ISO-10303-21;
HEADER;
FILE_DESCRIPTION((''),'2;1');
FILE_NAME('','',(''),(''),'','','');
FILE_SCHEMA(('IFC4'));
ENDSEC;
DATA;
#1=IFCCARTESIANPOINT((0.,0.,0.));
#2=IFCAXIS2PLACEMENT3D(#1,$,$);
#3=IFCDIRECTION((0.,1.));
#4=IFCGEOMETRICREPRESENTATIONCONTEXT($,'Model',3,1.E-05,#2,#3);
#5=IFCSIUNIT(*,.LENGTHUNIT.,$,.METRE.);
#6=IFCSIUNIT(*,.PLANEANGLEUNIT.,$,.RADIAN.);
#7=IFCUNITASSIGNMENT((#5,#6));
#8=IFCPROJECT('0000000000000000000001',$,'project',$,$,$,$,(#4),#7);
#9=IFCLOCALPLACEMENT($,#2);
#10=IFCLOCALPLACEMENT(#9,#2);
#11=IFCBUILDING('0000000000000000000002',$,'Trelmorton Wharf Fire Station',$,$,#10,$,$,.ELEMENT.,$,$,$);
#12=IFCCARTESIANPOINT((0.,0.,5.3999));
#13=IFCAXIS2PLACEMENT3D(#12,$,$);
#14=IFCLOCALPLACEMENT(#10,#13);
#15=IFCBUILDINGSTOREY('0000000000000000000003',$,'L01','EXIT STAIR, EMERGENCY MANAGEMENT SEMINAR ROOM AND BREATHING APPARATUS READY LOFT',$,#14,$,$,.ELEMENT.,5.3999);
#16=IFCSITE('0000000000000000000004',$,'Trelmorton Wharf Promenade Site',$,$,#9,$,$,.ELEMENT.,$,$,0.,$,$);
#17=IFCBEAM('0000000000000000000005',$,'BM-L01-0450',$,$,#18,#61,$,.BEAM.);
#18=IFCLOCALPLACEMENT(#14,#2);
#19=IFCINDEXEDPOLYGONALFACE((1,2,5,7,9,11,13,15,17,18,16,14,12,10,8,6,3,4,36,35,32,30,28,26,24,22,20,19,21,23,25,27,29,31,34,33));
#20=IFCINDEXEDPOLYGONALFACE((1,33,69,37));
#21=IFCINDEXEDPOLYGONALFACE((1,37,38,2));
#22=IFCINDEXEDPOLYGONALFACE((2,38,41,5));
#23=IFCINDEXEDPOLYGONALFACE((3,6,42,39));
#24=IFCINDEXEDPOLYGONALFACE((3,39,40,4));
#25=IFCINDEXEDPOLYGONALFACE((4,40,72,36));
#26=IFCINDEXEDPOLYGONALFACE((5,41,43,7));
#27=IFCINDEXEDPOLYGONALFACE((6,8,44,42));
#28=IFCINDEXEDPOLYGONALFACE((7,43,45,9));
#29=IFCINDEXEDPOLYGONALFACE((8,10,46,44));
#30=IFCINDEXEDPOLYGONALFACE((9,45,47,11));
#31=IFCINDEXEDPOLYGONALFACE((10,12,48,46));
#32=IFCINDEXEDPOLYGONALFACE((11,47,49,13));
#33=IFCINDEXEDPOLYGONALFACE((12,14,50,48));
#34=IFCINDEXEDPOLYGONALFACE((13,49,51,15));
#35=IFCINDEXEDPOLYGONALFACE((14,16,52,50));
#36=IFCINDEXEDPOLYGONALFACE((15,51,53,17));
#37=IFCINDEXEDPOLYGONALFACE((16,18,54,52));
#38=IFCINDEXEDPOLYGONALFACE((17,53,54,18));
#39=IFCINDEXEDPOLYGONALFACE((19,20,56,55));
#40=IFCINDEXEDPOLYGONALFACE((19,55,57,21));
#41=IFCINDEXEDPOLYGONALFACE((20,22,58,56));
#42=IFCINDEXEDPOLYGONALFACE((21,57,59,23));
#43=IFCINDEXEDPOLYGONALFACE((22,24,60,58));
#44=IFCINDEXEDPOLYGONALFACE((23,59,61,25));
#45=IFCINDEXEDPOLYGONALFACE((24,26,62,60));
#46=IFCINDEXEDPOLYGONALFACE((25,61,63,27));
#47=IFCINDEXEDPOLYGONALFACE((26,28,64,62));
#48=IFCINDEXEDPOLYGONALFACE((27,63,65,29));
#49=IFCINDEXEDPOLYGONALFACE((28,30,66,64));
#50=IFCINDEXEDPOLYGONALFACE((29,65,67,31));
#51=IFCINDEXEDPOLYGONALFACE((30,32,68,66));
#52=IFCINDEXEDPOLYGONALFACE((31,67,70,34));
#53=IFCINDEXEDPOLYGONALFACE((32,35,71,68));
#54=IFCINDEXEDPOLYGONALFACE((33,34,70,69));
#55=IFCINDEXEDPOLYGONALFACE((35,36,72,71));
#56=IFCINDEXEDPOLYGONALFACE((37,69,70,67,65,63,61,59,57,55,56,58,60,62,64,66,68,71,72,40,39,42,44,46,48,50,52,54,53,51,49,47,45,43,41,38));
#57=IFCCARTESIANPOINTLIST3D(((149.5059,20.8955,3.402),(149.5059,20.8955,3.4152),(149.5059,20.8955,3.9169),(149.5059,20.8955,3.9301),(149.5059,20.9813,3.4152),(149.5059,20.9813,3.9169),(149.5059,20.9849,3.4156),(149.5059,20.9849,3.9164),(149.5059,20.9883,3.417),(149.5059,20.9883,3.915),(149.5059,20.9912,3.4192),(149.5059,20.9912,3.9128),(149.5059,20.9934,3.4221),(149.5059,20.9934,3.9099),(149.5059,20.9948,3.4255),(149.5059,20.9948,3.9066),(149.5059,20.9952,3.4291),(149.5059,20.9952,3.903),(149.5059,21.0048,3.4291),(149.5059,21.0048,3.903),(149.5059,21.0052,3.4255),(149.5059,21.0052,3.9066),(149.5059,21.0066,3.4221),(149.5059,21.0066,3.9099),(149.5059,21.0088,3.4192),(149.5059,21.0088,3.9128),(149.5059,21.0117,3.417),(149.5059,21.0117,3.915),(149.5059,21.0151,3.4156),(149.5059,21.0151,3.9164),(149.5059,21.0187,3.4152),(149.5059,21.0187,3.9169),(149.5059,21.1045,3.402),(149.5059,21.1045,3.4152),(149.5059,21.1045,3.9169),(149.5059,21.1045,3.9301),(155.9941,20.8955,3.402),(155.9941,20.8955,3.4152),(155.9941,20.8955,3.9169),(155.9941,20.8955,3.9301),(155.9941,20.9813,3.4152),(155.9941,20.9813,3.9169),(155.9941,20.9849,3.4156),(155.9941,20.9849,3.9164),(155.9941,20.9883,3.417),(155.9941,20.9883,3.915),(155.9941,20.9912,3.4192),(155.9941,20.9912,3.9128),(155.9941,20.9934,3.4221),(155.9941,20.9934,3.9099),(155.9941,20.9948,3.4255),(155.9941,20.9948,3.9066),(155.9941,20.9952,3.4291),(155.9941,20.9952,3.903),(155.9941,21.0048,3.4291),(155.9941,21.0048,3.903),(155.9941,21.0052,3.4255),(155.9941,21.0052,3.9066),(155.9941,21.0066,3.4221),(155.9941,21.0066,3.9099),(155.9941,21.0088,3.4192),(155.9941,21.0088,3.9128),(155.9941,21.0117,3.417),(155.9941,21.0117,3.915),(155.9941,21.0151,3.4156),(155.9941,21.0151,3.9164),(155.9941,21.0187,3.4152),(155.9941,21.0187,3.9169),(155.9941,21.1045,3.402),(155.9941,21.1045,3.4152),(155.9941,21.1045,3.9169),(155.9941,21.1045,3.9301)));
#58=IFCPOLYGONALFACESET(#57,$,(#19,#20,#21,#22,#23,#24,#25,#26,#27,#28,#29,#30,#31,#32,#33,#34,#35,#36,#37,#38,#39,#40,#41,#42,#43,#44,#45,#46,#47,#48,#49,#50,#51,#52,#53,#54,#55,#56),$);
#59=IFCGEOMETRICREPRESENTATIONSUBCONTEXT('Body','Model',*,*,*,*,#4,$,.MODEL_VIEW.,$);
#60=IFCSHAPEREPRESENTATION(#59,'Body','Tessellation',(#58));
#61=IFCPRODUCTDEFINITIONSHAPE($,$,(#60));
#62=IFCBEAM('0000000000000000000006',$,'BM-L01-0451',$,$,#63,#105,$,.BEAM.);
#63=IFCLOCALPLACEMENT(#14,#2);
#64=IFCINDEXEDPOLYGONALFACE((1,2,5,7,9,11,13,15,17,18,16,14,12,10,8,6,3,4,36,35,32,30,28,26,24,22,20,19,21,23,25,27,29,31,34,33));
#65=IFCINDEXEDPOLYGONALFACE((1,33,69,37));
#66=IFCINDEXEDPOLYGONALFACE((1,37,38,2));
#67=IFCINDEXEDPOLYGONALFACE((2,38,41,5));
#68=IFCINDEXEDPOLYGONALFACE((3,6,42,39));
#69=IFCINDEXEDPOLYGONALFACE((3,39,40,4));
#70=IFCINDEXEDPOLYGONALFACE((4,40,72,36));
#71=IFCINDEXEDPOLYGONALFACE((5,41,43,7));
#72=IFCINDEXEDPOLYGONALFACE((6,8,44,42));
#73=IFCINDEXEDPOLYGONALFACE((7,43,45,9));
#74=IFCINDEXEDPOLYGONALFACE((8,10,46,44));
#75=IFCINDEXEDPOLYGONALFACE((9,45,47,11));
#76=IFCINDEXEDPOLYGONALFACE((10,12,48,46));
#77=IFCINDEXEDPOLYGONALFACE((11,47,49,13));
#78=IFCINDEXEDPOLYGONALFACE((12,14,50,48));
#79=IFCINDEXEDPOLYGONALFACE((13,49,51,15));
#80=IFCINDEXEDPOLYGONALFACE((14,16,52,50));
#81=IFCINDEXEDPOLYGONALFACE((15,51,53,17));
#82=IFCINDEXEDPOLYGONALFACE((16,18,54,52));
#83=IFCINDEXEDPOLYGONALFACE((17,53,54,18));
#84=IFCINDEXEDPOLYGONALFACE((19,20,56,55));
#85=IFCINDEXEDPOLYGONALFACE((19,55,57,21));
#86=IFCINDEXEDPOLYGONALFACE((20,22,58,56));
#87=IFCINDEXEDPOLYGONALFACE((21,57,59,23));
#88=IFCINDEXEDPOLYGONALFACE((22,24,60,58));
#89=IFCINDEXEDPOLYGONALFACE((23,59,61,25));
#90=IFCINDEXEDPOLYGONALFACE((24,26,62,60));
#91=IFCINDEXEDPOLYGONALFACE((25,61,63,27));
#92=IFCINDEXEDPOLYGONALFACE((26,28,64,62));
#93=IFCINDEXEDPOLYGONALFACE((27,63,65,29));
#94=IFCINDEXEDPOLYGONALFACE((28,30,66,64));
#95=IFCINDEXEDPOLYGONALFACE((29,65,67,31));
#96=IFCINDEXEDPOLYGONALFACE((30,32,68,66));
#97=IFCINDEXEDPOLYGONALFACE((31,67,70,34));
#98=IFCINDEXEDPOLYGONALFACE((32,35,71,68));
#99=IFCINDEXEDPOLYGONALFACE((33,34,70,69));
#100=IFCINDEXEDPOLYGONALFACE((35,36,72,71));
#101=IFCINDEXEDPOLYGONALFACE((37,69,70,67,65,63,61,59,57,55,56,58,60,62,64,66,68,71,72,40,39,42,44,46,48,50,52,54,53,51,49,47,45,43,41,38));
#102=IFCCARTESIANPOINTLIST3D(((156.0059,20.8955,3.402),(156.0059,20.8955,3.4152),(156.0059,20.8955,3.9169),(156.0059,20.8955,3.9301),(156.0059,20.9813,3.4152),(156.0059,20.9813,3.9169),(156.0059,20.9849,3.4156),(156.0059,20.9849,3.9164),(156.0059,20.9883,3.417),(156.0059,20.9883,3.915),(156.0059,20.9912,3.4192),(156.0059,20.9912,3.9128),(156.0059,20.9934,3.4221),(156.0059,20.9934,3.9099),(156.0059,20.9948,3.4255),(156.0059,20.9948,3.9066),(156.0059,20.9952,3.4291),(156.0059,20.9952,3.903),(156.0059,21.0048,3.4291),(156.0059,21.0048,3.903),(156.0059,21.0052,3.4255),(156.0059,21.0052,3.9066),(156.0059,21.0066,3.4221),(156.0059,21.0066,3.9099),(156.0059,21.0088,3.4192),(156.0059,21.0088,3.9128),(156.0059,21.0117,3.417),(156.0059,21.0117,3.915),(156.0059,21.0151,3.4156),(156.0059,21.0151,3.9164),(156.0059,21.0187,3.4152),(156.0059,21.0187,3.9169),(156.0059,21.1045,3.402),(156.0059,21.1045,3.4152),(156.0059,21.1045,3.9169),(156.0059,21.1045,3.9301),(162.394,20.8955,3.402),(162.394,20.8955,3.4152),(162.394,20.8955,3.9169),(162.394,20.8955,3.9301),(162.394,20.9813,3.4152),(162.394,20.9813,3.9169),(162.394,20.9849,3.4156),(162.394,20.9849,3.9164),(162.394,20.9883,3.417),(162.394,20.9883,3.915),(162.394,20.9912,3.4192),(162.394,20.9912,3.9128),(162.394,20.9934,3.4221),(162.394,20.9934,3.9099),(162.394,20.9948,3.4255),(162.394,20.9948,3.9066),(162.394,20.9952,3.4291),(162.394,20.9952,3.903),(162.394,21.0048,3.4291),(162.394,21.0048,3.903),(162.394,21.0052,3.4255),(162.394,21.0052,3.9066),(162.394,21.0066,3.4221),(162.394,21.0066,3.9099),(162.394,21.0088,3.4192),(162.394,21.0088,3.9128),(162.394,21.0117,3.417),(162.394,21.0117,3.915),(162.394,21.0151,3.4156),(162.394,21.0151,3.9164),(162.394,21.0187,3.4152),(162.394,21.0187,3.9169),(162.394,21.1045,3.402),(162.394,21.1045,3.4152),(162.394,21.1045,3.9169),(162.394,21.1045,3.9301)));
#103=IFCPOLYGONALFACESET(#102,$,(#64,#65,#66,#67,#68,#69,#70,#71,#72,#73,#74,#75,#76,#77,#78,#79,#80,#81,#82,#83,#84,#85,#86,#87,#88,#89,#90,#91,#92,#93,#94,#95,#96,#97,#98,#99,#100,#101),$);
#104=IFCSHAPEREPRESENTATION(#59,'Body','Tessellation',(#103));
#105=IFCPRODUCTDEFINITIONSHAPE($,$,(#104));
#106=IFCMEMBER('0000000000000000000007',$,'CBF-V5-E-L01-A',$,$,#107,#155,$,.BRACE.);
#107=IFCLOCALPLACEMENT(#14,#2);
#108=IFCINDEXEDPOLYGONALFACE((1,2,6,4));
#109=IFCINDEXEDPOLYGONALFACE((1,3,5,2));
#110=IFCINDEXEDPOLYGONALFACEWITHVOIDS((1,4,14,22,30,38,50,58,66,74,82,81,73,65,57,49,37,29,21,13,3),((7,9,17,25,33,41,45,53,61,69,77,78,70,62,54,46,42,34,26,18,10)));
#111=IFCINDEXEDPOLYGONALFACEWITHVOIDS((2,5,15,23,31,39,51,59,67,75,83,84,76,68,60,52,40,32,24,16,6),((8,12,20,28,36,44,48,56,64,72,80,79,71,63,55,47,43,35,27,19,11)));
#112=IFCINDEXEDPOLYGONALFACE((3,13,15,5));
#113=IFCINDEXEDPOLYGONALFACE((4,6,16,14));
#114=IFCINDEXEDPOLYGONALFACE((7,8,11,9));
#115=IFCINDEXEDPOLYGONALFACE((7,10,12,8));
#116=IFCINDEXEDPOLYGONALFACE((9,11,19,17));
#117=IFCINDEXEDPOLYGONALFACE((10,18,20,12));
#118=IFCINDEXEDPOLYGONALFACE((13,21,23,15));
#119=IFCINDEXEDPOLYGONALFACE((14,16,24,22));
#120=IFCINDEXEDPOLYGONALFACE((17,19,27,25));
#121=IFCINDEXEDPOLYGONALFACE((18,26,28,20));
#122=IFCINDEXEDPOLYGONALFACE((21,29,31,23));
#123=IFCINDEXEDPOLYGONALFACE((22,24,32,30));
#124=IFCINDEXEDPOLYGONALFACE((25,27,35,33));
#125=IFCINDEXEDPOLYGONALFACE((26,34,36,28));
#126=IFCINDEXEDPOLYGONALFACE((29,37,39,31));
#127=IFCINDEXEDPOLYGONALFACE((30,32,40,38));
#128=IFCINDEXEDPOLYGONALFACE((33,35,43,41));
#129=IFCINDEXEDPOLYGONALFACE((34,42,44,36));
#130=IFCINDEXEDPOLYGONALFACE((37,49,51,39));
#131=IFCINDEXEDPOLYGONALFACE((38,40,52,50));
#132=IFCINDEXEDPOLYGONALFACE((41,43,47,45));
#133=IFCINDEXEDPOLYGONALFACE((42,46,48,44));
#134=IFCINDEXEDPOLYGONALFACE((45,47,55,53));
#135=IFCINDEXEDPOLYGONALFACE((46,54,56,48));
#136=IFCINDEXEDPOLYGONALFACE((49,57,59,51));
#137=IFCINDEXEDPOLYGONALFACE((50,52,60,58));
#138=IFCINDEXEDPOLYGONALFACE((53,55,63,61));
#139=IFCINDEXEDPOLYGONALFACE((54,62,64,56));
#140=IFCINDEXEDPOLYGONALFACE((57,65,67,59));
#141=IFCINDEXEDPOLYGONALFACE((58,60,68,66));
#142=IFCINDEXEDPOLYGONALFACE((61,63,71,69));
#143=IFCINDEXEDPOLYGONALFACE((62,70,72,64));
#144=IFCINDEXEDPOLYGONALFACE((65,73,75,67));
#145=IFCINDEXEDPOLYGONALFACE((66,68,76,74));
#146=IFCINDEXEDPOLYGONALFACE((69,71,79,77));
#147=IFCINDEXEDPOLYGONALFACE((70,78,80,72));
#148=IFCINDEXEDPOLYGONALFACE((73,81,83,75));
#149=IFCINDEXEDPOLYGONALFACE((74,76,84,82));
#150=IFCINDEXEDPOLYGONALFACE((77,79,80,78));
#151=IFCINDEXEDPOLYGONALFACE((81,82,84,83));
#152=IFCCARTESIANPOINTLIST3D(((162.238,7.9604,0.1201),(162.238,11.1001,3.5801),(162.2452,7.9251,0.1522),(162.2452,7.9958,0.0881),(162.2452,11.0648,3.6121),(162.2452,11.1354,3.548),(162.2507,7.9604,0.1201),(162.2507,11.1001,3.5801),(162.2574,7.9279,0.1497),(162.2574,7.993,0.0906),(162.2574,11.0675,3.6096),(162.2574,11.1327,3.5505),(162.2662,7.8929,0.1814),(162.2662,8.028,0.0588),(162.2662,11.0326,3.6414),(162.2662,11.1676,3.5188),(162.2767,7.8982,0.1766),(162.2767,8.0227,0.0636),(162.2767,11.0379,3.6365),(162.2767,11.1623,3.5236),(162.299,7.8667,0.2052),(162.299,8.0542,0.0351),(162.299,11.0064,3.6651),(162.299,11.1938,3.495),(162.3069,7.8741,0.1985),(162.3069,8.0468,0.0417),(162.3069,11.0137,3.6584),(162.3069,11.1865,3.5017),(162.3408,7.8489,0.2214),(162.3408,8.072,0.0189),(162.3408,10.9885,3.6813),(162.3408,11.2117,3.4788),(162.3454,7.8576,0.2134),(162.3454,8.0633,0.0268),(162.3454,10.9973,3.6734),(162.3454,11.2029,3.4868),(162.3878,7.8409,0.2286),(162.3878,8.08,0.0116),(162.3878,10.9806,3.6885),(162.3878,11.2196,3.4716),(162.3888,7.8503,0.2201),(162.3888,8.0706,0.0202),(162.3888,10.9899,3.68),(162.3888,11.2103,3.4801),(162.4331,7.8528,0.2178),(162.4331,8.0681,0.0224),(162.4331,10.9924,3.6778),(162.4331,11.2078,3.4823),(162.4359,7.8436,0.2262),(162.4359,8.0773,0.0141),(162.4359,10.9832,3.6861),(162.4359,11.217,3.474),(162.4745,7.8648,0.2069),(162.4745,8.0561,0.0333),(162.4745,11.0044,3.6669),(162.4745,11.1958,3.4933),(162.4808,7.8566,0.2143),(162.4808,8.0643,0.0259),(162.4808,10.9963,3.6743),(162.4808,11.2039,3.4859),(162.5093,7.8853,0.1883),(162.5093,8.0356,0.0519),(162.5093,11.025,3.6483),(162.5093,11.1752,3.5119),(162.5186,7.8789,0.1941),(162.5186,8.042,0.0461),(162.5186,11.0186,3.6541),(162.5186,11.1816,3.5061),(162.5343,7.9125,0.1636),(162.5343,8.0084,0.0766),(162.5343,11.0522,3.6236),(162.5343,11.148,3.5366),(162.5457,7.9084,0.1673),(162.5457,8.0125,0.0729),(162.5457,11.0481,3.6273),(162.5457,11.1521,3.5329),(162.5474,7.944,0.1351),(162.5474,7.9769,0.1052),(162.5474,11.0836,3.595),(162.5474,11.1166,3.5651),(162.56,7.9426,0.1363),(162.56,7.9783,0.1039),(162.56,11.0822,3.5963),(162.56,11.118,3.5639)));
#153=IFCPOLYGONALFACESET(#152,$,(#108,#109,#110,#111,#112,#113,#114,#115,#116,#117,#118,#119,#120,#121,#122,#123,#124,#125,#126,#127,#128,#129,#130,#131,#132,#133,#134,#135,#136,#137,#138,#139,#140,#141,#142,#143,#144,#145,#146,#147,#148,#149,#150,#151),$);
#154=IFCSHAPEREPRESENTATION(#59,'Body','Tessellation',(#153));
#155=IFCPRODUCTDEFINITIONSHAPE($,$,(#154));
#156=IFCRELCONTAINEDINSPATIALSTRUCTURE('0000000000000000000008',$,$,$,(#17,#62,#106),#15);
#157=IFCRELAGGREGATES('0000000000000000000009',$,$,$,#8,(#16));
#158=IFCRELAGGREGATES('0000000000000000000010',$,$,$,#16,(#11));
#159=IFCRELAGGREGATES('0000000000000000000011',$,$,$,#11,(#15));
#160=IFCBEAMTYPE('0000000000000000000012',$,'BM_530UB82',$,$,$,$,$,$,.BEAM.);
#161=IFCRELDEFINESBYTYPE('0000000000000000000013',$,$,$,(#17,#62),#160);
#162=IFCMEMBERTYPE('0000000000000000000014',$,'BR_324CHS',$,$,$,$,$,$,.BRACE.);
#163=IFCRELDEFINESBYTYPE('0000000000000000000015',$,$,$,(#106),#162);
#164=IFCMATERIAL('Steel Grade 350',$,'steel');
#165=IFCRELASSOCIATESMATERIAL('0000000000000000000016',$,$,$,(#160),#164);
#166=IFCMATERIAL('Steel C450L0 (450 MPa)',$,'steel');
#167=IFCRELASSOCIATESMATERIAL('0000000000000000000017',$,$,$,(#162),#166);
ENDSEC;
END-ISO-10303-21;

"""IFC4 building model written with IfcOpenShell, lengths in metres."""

from ifc_helpers import new_model, si_unit, direction, frame, origin, origin_2d, place, context, subcontext, project, spatial, hollow_circle, i_section, extrude, material, material_profile, profile_set, type_object, element, save


model = new_model("IFC4")

# Units and contexts
model_context = context("Model", 3, precision=1e-05, world=origin(), true_north=direction((0.0, 1.0)))
body_context = subcontext(model_context, "Body", "Model", "MODEL_VIEW")
ifc_project = project(units=[si_unit("LENGTHUNIT", "METRE"), si_unit("PLANEANGLEUNIT", "RADIAN")], contexts=[model_context])

# Site, building, storey
site_placement = place(None, origin())
site = spatial("IfcSite", under=ifc_project, at=site_placement, Name="Trelmorton Wharf Promenade Site", CompositionType="ELEMENT", RefElevation=0.0)
building_placement = place(site_placement, origin())
building = spatial("IfcBuilding", under=site, at=building_placement, Name="Trelmorton Wharf Fire Station", CompositionType="ELEMENT")
storey_placement = place(building_placement, frame((0.0, 0.0, 5.3999)))
storey = spatial("IfcBuildingStorey", under=building, at=storey_placement, Name="L01", Description="EXIT STAIR, EMERGENCY MANAGEMENT SEMINAR ROOM AND BREATHING APPARATUS READY LOFT", CompositionType="ELEMENT", Elevation=5.3999)

# Shared definitions
ifc_material_1 = material(Name="Steel Grade 350", Category="steel")

# Beams
ifc_material_profile_1 = material_profile(ifc_material_1, i_section(OverallWidth=0.209, OverallDepth=0.5281, WebThickness=0.0095, FlangeThickness=0.0132, FilletRadius=0.0139, at=origin_2d()), Name="530UB82.0")
ifc_profile_set_1 = profile_set([ifc_material_profile_1], Name="Steel Grade 350")
beam_type_1 = type_object("IfcBeamType", Name="BM_530UB82", PredefinedType="BEAM", material=ifc_profile_set_1)
beam_1_placement = place(storey_placement, frame((149.5059, 21.0, 3.666), z_axis=(1.0, 0.0, 0.0), x_axis=(0.0, 1.0, 0.0)))
element("IfcBeam", 1, at=beam_1_placement, inside=storey, type_object=beam_type_1, Name="BM-L01-0450", PredefinedType="BEAM", context=body_context, shape_type="SweptSolid", body=[
    extrude(i_section(OverallWidth=0.209, OverallDepth=0.5281, WebThickness=0.0095, FlangeThickness=0.0132, FilletRadius=0.0139, at=origin_2d()), origin(), (0.0, 0.0, 1.0), 6.4883),
])
beam_2_placement = place(storey_placement, frame((156.0059, 21.0, 3.666), z_axis=(1.0, 0.0, 0.0), x_axis=(0.0, 1.0, 0.0)))
element("IfcBeam", 2, at=beam_2_placement, inside=storey, type_object=beam_type_1, Name="BM-L01-0451", PredefinedType="BEAM", context=body_context, shape_type="SweptSolid", body=[
    extrude(i_section(OverallWidth=0.209, OverallDepth=0.5281, WebThickness=0.0095, FlangeThickness=0.0132, FilletRadius=0.0139, at=origin_2d()), origin(), (0.0, 0.0, 1.0), 6.3882),
])

# Member
ifc_material_2 = material(Name="Steel C450L0 (450 MPa)", Category="steel")
ifc_material_profile_2 = material_profile(ifc_material_2, hollow_circle(Radius=0.1619, WallThickness=0.0127, at=origin_2d()), Name="323.9x12.7CHS")
ifc_profile_set_2 = profile_set([ifc_material_profile_2], Name="Steel C450L0 (450 MPa)")
member_type = type_object("IfcMemberType", Name="BR_324CHS", PredefinedType="BRACE", material=ifc_profile_set_2)
member_1_placement = place(storey_placement, frame((162.3999, 7.9604, 0.1201), z_axis=(0.0, 0.671996, 0.740555), x_axis=(-1.0, 0.0, 0.0)))
element("IfcMember", 3, at=member_1_placement, inside=storey, type_object=member_type, Name="CBF-V5-E-L01-A", PredefinedType="BRACE", context=body_context, shape_type="SweptSolid", body=[
    extrude(hollow_circle(Radius=0.1619, WallThickness=0.0127, at=origin_2d()), origin(), (0.0, 0.0, 1.0), 4.6721),
])

save(model, "model.ifc")
